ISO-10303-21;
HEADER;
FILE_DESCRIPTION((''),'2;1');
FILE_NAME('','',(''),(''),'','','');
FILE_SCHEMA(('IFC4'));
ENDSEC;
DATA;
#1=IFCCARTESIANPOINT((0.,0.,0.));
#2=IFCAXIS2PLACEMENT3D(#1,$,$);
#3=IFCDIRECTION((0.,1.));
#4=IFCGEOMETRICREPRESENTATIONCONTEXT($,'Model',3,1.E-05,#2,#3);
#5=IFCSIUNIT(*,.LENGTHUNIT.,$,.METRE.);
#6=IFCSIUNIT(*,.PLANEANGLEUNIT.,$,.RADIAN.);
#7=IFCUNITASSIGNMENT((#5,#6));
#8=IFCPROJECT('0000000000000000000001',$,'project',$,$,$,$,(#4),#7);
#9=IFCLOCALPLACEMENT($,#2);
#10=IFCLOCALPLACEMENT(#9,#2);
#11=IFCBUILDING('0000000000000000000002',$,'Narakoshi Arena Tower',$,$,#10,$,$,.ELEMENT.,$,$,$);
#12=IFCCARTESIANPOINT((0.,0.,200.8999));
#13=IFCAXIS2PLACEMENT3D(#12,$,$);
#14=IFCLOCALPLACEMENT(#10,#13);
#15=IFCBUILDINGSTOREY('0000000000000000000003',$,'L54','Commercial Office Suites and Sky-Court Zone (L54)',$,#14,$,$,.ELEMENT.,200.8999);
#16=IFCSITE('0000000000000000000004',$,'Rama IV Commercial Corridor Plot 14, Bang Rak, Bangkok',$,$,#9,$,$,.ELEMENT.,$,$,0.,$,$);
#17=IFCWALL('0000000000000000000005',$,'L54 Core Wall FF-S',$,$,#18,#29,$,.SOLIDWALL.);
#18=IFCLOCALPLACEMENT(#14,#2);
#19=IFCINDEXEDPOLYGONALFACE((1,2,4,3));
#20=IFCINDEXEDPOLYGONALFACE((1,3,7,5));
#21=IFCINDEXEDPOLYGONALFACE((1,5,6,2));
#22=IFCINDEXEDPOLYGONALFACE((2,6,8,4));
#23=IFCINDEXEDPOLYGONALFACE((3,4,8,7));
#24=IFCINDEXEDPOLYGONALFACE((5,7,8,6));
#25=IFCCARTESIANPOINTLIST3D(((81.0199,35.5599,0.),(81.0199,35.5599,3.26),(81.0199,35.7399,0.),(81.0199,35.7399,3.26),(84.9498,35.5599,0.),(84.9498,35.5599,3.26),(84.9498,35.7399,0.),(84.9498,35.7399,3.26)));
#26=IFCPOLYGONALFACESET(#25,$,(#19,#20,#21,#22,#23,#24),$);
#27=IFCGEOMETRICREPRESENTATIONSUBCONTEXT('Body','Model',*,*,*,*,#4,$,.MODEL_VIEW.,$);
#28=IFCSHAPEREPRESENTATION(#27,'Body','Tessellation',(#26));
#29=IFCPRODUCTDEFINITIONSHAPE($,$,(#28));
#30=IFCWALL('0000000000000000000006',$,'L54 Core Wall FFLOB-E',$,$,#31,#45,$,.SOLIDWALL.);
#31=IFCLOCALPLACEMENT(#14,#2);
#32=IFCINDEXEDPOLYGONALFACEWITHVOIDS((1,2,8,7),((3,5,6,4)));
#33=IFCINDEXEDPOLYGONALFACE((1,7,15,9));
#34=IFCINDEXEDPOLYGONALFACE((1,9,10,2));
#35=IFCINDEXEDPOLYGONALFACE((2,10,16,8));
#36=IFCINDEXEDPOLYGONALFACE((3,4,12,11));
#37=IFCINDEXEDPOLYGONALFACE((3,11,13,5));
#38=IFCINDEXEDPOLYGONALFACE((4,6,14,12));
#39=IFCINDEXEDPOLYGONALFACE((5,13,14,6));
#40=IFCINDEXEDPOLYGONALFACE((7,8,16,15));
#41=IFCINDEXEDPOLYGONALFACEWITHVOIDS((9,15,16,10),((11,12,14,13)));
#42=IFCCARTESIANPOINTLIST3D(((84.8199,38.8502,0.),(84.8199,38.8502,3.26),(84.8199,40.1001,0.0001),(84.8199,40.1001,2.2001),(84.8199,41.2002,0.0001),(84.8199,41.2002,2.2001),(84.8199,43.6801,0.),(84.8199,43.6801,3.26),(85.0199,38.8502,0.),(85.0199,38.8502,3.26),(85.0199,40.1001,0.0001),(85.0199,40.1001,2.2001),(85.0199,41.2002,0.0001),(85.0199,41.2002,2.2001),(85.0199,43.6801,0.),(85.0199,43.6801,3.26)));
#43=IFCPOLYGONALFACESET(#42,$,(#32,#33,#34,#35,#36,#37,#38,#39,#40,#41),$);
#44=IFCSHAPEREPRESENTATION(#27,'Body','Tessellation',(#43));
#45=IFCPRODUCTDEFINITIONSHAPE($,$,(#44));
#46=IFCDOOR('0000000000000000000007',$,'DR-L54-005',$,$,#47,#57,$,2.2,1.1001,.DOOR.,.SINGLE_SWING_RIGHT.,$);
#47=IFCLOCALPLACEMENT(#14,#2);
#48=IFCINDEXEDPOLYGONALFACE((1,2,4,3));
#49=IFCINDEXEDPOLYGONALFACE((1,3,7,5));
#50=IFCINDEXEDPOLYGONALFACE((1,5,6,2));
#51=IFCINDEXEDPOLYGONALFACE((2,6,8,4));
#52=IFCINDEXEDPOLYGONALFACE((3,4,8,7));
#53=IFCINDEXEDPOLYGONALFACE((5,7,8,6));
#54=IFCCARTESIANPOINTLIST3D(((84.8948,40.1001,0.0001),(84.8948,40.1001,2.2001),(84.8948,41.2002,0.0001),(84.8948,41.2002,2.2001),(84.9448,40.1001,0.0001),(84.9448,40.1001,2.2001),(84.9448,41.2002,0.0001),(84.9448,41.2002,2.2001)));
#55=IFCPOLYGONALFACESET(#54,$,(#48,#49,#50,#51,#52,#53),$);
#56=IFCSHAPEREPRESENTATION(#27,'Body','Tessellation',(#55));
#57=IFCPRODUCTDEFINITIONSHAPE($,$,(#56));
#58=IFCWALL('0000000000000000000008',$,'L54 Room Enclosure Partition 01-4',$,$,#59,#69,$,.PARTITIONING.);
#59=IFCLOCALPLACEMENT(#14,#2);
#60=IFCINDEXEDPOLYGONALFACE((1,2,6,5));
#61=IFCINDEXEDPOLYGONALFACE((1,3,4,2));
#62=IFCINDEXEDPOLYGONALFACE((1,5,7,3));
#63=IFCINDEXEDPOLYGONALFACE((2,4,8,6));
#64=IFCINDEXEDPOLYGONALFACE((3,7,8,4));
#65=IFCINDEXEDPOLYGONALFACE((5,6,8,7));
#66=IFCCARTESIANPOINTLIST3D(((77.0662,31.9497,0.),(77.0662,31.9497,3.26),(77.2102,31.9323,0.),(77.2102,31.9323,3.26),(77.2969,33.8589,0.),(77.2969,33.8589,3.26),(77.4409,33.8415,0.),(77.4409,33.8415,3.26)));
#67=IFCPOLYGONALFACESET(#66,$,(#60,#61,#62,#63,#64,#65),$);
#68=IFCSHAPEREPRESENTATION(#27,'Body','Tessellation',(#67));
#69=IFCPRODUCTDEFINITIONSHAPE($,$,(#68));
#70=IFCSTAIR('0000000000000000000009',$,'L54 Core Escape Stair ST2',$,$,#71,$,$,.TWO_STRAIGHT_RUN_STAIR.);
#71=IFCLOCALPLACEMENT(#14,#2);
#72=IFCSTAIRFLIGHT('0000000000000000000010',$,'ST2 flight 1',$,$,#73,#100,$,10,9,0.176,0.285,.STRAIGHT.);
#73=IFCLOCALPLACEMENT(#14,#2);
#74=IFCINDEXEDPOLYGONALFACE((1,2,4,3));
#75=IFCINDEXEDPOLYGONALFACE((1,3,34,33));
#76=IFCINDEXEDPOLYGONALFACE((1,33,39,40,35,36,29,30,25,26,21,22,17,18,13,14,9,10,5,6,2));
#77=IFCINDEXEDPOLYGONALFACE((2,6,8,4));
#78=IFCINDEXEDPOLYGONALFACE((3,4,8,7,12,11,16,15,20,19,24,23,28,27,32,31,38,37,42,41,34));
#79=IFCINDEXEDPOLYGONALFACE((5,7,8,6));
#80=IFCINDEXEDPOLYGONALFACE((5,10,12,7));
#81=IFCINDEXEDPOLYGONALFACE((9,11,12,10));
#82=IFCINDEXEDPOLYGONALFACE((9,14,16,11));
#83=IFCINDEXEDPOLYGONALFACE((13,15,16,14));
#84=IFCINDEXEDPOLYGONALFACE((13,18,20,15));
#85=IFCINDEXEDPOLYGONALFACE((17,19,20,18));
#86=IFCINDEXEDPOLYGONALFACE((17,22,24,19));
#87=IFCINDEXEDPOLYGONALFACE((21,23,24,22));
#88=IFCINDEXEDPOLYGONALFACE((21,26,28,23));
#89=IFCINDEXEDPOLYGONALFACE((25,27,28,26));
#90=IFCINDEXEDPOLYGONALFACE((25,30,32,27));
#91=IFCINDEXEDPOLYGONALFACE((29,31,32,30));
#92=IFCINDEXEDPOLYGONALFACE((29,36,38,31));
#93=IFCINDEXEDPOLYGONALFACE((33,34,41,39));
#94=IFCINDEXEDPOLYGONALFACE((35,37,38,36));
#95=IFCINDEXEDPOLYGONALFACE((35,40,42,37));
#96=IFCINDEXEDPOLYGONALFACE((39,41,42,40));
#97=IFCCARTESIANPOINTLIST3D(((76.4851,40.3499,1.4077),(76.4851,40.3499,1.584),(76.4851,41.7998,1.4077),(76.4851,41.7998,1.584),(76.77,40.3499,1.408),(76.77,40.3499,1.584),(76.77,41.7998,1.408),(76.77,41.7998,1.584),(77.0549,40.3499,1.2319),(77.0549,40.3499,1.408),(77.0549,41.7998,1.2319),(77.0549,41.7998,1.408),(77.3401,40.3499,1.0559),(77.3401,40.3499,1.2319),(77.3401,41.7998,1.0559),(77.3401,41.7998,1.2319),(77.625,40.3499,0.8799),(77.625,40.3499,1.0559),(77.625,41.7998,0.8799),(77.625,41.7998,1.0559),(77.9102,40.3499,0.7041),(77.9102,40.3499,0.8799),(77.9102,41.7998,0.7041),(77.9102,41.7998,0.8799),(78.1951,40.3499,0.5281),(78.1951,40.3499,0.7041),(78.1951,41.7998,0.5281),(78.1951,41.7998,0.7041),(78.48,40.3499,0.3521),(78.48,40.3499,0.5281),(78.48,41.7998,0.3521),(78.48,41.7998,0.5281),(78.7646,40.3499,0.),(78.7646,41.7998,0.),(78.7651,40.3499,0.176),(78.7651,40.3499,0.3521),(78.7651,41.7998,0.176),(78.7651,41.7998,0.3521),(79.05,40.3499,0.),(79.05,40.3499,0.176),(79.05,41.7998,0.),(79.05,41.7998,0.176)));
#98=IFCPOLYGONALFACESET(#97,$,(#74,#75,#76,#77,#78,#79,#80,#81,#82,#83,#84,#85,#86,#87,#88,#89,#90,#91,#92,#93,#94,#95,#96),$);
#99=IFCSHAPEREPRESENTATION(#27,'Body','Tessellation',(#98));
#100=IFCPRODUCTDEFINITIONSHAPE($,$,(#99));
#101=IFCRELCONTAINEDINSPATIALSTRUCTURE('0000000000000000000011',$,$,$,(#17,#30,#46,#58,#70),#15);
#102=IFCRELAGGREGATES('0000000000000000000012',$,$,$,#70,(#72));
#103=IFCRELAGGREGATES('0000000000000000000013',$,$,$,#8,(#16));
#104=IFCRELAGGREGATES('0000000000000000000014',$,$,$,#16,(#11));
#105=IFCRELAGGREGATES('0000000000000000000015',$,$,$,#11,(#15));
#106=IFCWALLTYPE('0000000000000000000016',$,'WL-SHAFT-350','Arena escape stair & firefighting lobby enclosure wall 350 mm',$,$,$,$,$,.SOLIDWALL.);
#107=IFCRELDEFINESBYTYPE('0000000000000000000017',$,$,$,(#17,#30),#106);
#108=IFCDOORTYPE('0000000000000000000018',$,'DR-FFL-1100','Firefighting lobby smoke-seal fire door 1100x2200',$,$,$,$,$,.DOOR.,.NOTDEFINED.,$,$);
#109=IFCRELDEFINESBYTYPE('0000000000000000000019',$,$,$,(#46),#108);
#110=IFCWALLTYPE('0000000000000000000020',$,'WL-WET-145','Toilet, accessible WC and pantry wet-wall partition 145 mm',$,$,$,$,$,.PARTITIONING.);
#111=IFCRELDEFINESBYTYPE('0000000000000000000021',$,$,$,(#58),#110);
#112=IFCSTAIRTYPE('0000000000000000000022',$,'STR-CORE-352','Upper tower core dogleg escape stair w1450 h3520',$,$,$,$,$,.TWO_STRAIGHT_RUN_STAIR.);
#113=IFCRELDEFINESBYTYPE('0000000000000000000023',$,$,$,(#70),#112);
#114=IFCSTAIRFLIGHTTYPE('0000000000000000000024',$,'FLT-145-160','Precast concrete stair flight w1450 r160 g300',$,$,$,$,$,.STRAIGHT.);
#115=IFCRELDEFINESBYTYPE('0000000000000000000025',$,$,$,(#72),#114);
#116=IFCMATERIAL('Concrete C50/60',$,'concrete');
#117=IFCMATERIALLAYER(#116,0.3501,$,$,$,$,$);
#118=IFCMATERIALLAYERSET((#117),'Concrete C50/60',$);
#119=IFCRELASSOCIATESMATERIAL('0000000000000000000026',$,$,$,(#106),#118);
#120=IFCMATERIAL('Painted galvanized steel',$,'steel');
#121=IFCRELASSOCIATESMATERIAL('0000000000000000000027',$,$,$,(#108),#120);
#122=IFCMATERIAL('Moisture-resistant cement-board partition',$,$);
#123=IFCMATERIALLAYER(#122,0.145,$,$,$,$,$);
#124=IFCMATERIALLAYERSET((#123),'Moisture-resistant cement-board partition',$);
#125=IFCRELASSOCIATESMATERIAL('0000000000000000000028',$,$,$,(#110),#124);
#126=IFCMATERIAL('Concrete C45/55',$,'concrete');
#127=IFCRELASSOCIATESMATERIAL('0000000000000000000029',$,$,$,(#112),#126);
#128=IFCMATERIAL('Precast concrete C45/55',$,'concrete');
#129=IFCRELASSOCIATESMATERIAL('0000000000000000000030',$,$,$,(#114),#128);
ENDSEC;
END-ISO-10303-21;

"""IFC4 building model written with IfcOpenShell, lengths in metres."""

from ifc_helpers import new_model, si_unit, direction, frame, frame_2d, origin, place, context, subcontext, project, spatial, polyline, rectangle, outline, extrude, material, layer, layer_set, type_object, element, fill, aggregate, save


model = new_model("IFC4")

# Units and contexts
model_context = context("Model", 3, precision=1e-05, world=origin(), true_north=direction((0.0, 1.0)))
body_context = subcontext(model_context, "Body", "Model", "MODEL_VIEW")
ifc_project = project(units=[si_unit("LENGTHUNIT", "METRE"), si_unit("PLANEANGLEUNIT", "RADIAN")], contexts=[model_context])

# Site, building, storey
site_placement = place(None, origin())
site = spatial("IfcSite", under=ifc_project, at=site_placement, Name="Rama IV Commercial Corridor Plot 14, Bang Rak, Bangkok", CompositionType="ELEMENT", RefElevation=0.0)
building_placement = place(site_placement, origin())
building = spatial("IfcBuilding", under=site, at=building_placement, Name="Narakoshi Arena Tower", CompositionType="ELEMENT")
storey_placement = place(building_placement, frame((0.0, 0.0, 200.8999)))
storey = spatial("IfcBuildingStorey", under=building, at=storey_placement, Name="L54", Description="Commercial Office Suites and Sky-Court Zone (L54)", CompositionType="ELEMENT", Elevation=200.8999)

# Shared definitions
ifc_material_1 = material(Name="Concrete C50/60", Category="concrete")
ifc_material_2 = material(Name="Precast concrete C45/55", Category="concrete")
ifc_layer_1 = layer(ifc_material_1, 0.3501)
ifc_layer_set_1 = layer_set([ifc_layer_1], Name="Concrete C50/60")
wall_type_1 = type_object("IfcWallType", Name="WL-SHAFT-350", Description="Arena escape stair & firefighting lobby enclosure wall 350 mm", PredefinedType="SOLIDWALL", material=ifc_layer_set_1)

# Shared definitions
ifc_material_3 = material(Name="Painted galvanized steel", Category="steel")

# Wall
wall_1_placement = place(storey_placement, frame((81.02, 35.6499, 0.0), z_axis=(0.0, 0.0, 1.0), x_axis=(1.0, 0.0, 0.0)))
element("IfcWall", 1, at=wall_1_placement, inside=storey, type_object=wall_type_1, Name="L54 Core Wall FF-S", PredefinedType="SOLIDWALL", context=body_context, shape_type="SweptSolid", body=[
    extrude(rectangle(XDim=3.9299, YDim=0.1799, at=frame_2d((1.9648, 0.0))), origin(), (0.0, 0.0, 1.0), 3.26),
])

# Wall, opening, door
wall_2_placement = place(storey_placement, frame((84.9199, 38.8501, 0.0), z_axis=(0.0, 0.0, 1.0), x_axis=(0.0, 1.0, 0.0)))
wall_2 = element("IfcWall", 2, at=wall_2_placement, inside=storey, type_object=wall_type_1, Name="L54 Core Wall FFLOB-E", PredefinedType="SOLIDWALL", context=body_context, shape_type="SweptSolid", body=[
    extrude(rectangle(XDim=4.8298, YDim=0.2, at=frame_2d((2.415, 0.0))), origin(), (0.0, 0.0, 1.0), 3.26),
])
opening_1_placement = place(wall_2_placement, frame((1.25, 0.0, 0.0)))
opening_1 = element("IfcOpeningElement", 3, at=opening_1_placement, cuts=wall_2, PredefinedType="OPENING", context=body_context, shape_type="SweptSolid", body=[
    extrude(rectangle(XDim=1.1001, YDim=2.2, at=frame_2d((0.55, 1.1001))), frame((0.0, 0.1099, 0.0), z_axis=(0.0, -1.0, 0.0), x_axis=(1.0, 0.0, 0.0)), (0.0, 0.0, 1.0), 0.22),
])
door_type_1 = type_object("IfcDoorType", Name="DR-FFL-1100", Description="Firefighting lobby smoke-seal fire door 1100x2200", OperationType="NOTDEFINED", PredefinedType="DOOR", material=ifc_material_3)
door_1_placement = place(opening_1_placement, frame((1.1001, 0.0, 0.0), z_axis=(0.0, 0.0, 1.0), x_axis=(-1.0, 0.0, 0.0)))
door_1 = element("IfcDoor", 4, at=door_1_placement, inside=storey, type_object=door_type_1, Name="DR-L54-005", OperationType="SINGLE_SWING_RIGHT", OverallHeight=2.2, OverallWidth=1.1001, PredefinedType="DOOR", context=body_context, shape_type="SweptSolid", body=[
    extrude(rectangle(XDim=1.1001, YDim=2.2, at=frame_2d((0.55, 1.1001))), frame((0.0, 0.0249, 0.0), z_axis=(0.0, -1.0, 0.0), x_axis=(1.0, 0.0, 0.0)), (0.0, 0.0, 1.0), 0.05),
])
fill(opening_1, door_1)

# Wall
ifc_material_4 = material(Name="Moisture-resistant cement-board partition")
ifc_layer_2 = layer(ifc_material_4, 0.145)
ifc_layer_set_2 = layer_set([ifc_layer_2], Name="Moisture-resistant cement-board partition")
wall_type_2 = type_object("IfcWallType", Name="WL-WET-145", Description="Toilet, accessible WC and pantry wet-wall partition 145 mm", PredefinedType="PARTITIONING", material=ifc_layer_set_2)
wall_3_placement = place(storey_placement, frame((77.3689, 33.8501, 0.0), z_axis=(0.0, 0.0, 1.0), x_axis=(-0.119971, -0.992777, 0.0)))
element("IfcWall", 5, at=wall_3_placement, inside=storey, type_object=wall_type_2, Name="L54 Room Enclosure Partition 01-4", PredefinedType="PARTITIONING", context=body_context, shape_type="SweptSolid", body=[
    extrude(rectangle(XDim=1.9231, YDim=0.145, at=frame_2d((0.9614, 0.0))), origin(), (0.0, 0.0, 1.0), 3.26),
])

# Stair, stair flight
ifc_material_5 = material(Name="Concrete C45/55", Category="concrete")
stair_type = type_object("IfcStairType", Name="STR-CORE-352", Description="Upper tower core dogleg escape stair w1450 h3520", PredefinedType="TWO_STRAIGHT_RUN_STAIR", material=ifc_material_5)
stair_placement = place(storey_placement, origin())
stair = element("IfcStair", 6, at=stair_placement, inside=storey, type_object=stair_type, Name="L54 Core Escape Stair ST2", PredefinedType="TWO_STRAIGHT_RUN_STAIR")
stair_flight_type = type_object("IfcStairFlightType", Name="FLT-145-160", Description="Precast concrete stair flight w1450 r160 g300", PredefinedType="STRAIGHT", material=ifc_material_2)
stair_flight_placement = place(storey_placement, frame((79.05, 41.075, 0.0), z_axis=(0.0, 0.0, 1.0), x_axis=(-1.0, 0.0, 0.0)))
stair_flight = element("IfcStairFlight", 7, at=stair_flight_placement, type_object=stair_flight_type, Name="ST2 flight 1", NumberOfRisers=10, NumberOfTreads=9, PredefinedType="STRAIGHT", RiserHeight=0.176, TreadLength=0.285, context=body_context, shape_type="SweptSolid", body=[
    extrude(outline(polyline([(0.0, 0.0), (0.0, 0.176), (0.2849, 0.176), (0.2849, 0.3521), (0.5701, 0.3521), (0.5701, 0.5281), (0.855, 0.5281), (0.855, 0.7041), (1.1399, 0.7041), (1.1399, 0.8799), (1.425, 0.8799), (1.425, 1.0559), (1.71, 1.0559), (1.71, 1.2319), (1.9951, 1.2319), (1.9951, 1.408), (2.28, 1.408), (2.28, 1.584), (2.5649, 1.584), (2.5649, 1.76), (2.5649, 1.4077), (0.2854, 0.0), (0.0, 0.0)])), frame((0.0, 0.7251, 0.0), z_axis=(0.0, -1.0, 0.0), x_axis=(1.0, 0.0, 0.0)), (0.0, 0.0, 1.0), 1.45),
])
aggregate(stair, [stair_flight])

save(model, "model.ifc")
